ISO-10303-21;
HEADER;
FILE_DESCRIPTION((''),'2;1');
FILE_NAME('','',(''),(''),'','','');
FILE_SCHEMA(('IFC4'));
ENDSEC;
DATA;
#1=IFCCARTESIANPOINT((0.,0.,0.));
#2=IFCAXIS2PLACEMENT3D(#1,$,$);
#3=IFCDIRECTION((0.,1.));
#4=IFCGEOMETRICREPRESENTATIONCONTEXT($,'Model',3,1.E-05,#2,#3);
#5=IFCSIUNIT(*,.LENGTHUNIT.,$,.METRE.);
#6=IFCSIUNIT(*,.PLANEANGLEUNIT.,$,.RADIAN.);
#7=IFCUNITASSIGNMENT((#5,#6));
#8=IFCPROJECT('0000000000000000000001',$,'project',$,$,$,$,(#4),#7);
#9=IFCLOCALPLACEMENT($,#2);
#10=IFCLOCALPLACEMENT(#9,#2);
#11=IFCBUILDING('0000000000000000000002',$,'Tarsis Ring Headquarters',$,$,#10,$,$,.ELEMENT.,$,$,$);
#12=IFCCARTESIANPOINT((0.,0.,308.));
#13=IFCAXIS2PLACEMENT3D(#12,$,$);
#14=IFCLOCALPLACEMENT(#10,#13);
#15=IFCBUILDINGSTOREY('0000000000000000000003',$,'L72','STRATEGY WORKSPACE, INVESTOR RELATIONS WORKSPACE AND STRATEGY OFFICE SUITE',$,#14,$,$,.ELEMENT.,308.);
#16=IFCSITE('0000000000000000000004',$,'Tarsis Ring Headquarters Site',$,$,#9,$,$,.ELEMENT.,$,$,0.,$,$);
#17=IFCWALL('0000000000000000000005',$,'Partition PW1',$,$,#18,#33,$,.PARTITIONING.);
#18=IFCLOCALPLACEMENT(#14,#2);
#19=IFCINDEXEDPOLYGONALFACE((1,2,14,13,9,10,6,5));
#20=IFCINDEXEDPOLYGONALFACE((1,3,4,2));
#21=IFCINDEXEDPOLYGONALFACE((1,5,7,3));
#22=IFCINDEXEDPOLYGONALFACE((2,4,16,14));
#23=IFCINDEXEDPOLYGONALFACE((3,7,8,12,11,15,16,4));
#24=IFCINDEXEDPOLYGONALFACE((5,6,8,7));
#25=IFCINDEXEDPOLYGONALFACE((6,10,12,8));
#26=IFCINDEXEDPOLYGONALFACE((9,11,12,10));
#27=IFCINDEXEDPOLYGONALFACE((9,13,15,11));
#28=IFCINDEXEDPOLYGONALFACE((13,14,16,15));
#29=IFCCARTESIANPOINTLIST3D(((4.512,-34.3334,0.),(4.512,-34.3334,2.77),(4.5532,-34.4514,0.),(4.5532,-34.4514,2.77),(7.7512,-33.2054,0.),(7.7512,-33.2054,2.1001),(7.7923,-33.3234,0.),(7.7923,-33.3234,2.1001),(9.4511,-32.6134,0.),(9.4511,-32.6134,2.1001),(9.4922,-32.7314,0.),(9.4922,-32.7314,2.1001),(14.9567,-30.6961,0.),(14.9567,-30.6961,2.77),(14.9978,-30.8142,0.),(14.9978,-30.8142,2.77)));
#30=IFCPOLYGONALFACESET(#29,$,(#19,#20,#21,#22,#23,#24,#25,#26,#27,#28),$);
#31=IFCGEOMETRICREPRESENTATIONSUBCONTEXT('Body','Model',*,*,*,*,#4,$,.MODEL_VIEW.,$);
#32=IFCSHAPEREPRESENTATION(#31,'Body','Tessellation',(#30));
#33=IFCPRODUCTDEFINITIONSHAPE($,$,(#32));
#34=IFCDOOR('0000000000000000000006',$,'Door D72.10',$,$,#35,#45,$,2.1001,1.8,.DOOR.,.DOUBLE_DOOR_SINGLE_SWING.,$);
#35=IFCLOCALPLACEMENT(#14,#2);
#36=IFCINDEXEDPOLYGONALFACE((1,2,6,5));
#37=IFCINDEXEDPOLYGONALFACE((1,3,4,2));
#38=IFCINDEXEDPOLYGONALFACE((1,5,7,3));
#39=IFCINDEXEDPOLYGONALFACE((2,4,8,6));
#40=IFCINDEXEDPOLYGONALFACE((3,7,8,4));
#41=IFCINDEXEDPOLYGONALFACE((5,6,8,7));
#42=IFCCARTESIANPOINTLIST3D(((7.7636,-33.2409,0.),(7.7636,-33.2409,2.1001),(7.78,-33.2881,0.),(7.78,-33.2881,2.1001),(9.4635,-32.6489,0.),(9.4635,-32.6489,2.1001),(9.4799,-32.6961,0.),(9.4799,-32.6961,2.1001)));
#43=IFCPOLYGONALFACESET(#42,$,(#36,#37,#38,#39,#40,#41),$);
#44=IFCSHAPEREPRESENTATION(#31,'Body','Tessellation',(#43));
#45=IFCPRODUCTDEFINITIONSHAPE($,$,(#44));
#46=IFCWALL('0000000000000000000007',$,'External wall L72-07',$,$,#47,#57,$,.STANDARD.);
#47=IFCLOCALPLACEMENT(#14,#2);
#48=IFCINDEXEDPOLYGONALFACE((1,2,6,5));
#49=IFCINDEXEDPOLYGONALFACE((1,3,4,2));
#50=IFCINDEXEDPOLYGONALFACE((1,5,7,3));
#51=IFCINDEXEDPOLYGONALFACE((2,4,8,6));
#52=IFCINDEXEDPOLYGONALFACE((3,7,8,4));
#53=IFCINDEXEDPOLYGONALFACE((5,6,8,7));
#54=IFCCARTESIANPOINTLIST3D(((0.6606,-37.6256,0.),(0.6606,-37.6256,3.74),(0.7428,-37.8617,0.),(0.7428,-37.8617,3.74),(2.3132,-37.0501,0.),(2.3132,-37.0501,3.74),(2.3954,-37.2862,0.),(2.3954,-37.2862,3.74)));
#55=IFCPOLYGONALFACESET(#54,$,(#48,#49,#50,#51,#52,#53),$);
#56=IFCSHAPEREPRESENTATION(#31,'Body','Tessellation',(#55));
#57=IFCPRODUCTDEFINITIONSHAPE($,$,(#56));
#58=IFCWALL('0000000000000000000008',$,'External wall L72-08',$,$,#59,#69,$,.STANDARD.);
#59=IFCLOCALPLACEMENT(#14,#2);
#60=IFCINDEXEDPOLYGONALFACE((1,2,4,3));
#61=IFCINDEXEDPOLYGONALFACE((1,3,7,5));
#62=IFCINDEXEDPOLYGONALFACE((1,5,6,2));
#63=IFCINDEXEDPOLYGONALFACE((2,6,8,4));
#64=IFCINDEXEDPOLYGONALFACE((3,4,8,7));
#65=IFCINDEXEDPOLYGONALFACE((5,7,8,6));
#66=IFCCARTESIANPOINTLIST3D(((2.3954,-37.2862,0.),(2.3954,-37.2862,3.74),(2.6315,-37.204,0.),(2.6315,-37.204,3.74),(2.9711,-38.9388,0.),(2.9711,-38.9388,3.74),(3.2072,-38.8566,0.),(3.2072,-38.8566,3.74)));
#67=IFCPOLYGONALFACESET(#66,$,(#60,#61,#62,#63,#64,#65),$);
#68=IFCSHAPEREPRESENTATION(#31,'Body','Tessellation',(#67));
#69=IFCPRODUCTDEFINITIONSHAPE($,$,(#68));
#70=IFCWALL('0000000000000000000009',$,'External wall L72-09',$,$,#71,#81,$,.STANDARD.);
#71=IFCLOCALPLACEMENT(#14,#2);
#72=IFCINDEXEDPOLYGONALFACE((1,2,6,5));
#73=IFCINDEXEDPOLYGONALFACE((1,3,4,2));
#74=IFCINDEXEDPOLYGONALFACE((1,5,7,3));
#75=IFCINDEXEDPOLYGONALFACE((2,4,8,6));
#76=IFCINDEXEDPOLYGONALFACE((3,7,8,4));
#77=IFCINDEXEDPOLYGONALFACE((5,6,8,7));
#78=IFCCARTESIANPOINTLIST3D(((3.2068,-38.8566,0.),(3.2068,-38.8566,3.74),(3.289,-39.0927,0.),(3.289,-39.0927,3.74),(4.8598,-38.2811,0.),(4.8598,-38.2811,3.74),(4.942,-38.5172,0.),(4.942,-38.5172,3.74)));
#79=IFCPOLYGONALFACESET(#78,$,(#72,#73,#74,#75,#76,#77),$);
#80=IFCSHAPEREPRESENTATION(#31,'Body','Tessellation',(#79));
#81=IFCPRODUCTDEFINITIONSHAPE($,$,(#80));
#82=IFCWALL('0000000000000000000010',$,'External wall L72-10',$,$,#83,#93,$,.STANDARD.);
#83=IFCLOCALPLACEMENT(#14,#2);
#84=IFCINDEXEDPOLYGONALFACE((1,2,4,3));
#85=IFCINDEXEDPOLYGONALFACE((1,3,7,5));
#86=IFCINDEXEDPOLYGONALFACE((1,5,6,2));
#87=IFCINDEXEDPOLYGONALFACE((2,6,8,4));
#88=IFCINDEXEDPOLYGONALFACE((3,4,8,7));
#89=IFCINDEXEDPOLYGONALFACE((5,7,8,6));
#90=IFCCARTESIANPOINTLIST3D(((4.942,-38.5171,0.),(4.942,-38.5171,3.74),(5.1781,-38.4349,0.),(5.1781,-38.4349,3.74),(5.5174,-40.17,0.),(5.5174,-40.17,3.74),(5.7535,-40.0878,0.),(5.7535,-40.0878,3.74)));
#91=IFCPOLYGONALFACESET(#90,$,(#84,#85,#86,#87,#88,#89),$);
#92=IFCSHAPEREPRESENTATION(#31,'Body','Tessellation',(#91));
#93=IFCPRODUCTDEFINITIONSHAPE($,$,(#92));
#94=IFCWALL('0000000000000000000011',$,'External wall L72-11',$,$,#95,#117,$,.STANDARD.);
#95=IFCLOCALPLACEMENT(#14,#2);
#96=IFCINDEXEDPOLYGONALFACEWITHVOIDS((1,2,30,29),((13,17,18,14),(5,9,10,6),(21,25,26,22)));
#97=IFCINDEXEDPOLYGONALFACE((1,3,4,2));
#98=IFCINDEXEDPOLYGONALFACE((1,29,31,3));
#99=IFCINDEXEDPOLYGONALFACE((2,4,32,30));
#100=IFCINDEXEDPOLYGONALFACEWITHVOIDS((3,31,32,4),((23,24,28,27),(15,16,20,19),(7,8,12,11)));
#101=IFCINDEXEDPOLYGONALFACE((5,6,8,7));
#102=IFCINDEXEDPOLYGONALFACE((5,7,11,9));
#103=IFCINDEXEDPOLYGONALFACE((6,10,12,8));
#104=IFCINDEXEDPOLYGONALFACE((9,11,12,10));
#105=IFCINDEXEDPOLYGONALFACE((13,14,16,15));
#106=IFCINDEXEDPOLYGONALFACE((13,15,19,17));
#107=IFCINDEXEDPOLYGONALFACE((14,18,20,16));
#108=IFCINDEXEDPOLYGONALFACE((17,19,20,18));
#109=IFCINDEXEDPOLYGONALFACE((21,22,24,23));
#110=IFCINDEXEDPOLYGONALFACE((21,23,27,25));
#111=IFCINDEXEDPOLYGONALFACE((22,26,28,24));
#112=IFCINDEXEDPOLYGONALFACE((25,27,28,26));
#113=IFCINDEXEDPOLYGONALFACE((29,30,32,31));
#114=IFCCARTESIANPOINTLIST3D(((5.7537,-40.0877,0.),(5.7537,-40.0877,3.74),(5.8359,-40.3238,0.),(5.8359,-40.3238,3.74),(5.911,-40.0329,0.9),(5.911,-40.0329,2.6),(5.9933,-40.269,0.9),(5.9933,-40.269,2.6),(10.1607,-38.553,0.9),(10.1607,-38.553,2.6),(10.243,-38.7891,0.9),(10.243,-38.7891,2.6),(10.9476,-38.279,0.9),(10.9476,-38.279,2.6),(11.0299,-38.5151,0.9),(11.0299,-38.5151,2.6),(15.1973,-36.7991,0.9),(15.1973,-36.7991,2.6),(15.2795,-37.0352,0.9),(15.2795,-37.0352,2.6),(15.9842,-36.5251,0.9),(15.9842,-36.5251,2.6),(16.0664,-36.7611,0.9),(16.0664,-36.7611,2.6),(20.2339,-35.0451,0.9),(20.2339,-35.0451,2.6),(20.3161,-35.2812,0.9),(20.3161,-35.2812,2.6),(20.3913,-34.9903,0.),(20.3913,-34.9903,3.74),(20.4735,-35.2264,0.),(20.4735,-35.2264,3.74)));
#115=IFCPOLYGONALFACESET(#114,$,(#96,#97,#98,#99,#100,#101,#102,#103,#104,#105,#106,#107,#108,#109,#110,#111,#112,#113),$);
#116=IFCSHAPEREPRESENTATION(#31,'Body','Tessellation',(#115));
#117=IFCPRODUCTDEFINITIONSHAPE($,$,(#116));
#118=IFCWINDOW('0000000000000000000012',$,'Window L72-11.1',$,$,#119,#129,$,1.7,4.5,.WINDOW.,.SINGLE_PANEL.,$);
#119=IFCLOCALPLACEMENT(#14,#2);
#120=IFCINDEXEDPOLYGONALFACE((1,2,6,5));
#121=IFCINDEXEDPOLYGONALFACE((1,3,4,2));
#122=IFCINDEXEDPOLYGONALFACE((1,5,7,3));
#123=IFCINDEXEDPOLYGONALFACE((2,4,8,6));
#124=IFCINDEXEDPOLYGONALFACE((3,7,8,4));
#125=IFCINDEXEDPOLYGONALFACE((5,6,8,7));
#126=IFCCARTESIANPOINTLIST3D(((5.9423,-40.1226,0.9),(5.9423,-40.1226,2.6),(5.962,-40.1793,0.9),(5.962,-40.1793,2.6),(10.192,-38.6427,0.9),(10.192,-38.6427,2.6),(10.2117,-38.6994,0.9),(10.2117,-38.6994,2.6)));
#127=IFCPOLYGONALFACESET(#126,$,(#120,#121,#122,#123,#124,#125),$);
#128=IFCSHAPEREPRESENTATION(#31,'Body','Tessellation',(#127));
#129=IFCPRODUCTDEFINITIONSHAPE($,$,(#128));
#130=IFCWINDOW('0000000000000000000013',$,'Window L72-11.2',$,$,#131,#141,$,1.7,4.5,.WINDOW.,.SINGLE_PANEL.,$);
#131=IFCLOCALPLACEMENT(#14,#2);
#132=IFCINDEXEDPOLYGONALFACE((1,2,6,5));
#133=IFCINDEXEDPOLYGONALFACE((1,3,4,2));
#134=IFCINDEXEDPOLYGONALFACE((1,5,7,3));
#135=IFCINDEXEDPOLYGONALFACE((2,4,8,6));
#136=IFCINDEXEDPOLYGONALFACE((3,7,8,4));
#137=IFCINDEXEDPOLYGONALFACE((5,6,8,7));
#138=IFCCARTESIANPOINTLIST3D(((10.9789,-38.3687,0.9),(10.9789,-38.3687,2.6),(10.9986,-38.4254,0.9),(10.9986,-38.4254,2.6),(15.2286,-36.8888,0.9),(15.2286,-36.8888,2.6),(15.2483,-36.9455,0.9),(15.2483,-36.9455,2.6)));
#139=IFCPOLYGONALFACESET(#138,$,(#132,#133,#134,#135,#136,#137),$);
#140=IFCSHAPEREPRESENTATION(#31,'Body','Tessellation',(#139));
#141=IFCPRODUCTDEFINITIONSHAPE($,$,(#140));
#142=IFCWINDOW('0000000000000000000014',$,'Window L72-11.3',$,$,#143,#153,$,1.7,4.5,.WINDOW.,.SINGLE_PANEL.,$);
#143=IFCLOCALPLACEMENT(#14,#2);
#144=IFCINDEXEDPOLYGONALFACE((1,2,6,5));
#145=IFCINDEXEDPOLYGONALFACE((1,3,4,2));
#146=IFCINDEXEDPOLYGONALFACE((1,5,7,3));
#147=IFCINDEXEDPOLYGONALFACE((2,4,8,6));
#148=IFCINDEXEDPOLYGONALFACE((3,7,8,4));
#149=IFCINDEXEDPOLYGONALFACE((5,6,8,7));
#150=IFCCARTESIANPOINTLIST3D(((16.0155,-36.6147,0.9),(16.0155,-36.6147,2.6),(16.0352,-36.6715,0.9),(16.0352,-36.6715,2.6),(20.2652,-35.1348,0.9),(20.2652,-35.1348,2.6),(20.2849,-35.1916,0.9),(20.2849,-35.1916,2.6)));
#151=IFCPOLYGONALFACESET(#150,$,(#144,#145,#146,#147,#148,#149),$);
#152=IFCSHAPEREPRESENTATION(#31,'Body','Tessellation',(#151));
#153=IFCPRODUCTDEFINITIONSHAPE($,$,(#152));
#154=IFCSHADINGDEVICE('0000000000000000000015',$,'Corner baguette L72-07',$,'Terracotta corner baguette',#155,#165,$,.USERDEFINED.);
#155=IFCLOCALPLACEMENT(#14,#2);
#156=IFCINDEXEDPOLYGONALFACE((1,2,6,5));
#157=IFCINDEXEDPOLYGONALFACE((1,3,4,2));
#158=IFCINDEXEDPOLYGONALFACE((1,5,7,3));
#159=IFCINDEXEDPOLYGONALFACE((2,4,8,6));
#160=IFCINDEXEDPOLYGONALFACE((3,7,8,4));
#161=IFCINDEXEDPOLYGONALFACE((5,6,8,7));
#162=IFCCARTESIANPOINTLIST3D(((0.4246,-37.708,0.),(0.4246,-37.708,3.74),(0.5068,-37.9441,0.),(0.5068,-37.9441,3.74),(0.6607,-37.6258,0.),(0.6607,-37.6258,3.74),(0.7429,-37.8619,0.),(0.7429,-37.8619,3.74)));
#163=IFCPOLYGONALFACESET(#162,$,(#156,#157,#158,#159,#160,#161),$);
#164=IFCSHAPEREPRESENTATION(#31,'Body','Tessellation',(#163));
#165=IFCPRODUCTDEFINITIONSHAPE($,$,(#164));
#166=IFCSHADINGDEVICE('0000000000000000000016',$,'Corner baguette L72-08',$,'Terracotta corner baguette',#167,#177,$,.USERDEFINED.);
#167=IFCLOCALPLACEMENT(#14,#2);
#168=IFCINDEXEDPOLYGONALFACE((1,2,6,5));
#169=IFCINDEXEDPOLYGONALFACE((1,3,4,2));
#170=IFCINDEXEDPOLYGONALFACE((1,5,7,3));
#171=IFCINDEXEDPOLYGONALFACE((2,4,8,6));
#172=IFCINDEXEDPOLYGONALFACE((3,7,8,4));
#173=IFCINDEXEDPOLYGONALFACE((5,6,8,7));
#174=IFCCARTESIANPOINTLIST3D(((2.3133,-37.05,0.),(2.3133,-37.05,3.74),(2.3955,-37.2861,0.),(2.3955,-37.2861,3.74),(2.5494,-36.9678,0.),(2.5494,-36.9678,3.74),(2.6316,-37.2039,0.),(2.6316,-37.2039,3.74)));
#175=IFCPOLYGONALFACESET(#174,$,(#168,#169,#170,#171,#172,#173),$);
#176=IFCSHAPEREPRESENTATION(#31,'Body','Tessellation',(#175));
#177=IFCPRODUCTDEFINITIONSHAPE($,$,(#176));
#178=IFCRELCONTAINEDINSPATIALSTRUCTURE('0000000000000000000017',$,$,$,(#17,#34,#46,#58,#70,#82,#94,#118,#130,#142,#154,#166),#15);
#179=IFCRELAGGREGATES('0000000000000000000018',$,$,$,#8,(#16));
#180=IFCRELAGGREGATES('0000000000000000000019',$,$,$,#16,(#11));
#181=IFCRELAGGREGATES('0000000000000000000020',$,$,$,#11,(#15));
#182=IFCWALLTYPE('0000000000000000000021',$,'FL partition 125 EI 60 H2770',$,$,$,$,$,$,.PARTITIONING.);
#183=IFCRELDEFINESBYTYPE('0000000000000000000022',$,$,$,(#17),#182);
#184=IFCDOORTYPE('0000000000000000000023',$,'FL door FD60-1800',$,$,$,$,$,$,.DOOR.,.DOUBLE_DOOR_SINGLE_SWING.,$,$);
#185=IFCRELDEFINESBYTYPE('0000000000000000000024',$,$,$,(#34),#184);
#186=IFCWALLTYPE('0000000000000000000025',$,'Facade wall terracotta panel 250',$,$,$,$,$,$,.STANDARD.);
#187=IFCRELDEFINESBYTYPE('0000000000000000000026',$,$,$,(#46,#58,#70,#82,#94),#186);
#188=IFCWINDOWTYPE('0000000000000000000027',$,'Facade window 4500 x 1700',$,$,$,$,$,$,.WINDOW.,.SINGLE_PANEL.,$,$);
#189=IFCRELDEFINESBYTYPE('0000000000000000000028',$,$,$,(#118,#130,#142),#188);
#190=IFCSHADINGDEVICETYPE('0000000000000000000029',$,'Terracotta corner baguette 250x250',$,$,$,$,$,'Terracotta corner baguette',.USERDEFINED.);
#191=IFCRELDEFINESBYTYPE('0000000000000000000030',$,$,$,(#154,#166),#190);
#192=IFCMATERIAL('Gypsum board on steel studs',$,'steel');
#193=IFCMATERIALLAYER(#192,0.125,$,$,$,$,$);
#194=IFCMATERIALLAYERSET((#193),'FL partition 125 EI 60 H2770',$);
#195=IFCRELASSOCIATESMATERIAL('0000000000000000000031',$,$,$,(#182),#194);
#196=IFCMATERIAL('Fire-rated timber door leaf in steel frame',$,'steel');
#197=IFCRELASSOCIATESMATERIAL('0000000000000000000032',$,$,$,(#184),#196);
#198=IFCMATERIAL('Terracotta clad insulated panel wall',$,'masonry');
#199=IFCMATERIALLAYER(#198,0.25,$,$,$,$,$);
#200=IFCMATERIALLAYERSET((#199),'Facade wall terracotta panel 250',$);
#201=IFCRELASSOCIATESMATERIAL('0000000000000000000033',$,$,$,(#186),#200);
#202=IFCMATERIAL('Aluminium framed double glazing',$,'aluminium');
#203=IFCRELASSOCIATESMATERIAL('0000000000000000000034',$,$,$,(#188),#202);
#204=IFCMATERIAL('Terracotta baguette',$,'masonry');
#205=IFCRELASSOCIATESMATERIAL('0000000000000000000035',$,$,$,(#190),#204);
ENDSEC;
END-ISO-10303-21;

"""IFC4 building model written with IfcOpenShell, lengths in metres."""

from ifc_helpers import new_model, si_unit, direction, frame, frame_2d, origin, origin_2d, place, context, subcontext, project, spatial, rectangle, extrude, material, layer, layer_set, type_object, element, fill, save


model = new_model("IFC4")

# Units and contexts
model_context = context("Model", 3, precision=1e-05, world=origin(), true_north=direction((0.0, 1.0)))
body_context = subcontext(model_context, "Body", "Model", "MODEL_VIEW")
ifc_project = project(units=[si_unit("LENGTHUNIT", "METRE"), si_unit("PLANEANGLEUNIT", "RADIAN")], contexts=[model_context])

# Site, building, storey
site_placement = place(None, origin())
site = spatial("IfcSite", under=ifc_project, at=site_placement, Name="Tarsis Ring Headquarters Site", CompositionType="ELEMENT", RefElevation=0.0)
building_placement = place(site_placement, origin())
building = spatial("IfcBuilding", under=site, at=building_placement, Name="Tarsis Ring Headquarters", CompositionType="ELEMENT")
storey_placement = place(building_placement, frame((0.0, 0.0, 308.0)))
storey = spatial("IfcBuildingStorey", under=building, at=storey_placement, Name="L72", Description="STRATEGY WORKSPACE, INVESTOR RELATIONS WORKSPACE AND STRATEGY OFFICE SUITE", CompositionType="ELEMENT", Elevation=308.0)

# Wall, opening, door
ifc_material_1 = material(Name="Gypsum board on steel studs", Category="steel")
ifc_layer_1 = layer(ifc_material_1, 0.125)
ifc_layer_set_1 = layer_set([ifc_layer_1], Name="FL partition 125 EI 60 H2770")
wall_type_1 = type_object("IfcWallType", Name="FL partition 125 EI 60 H2770", PredefinedType="PARTITIONING", material=ifc_layer_set_1)
wall_1_placement = place(storey_placement, frame((4.5327, -34.3923, 0.0), z_axis=(0.0, 0.0, 1.0), x_axis=(0.944376, 0.328868, 0.0)))
wall_1 = element("IfcWall", 1, at=wall_1_placement, inside=storey, type_object=wall_type_1, Name="Partition PW1", PredefinedType="PARTITIONING", context=body_context, shape_type="SweptSolid", body=[
    extrude(rectangle(XDim=11.0598, YDim=0.125, at=frame_2d((5.5298, 0.0))), origin(), (0.0, 0.0, 1.0), 2.77),
])
opening_1_placement = place(wall_1_placement, frame((3.4299, 0.0, 0.0)))
opening_1 = element("IfcOpeningElement", 2, at=opening_1_placement, cuts=wall_1, PredefinedType="OPENING", context=body_context, shape_type="SweptSolid", body=[
    extrude(rectangle(XDim=1.8, YDim=2.1001, at=frame_2d((0.8999, 1.05))), frame((0.0, 0.0725, 0.0), z_axis=(0.0, -1.0, 0.0), x_axis=(1.0, 0.0, 0.0)), (0.0, 0.0, 1.0), 0.145),
])
ifc_material_2 = material(Name="Fire-rated timber door leaf in steel frame", Category="steel")
door_type = type_object("IfcDoorType", Name="FL door FD60-1800", OperationType="DOUBLE_DOOR_SINGLE_SWING", PredefinedType="DOOR", material=ifc_material_2)
door_placement = place(opening_1_placement, origin())
door = element("IfcDoor", 3, at=door_placement, inside=storey, type_object=door_type, Name="Door D72.10", OperationType="DOUBLE_DOOR_SINGLE_SWING", OverallHeight=2.1001, OverallWidth=1.8, PredefinedType="DOOR", context=body_context, shape_type="SweptSolid", body=[
    extrude(rectangle(XDim=1.8, YDim=2.1001, at=frame_2d((0.8999, 1.05))), frame((0.0, 0.0249, 0.0), z_axis=(0.0, -1.0, 0.0), x_axis=(1.0, 0.0, 0.0)), (0.0, 0.0, 1.0), 0.05),
])
fill(opening_1, door)

# Walls
ifc_material_3 = material(Name="Terracotta clad insulated panel wall", Category="masonry")
ifc_layer_2 = layer(ifc_material_3, 0.25)
ifc_layer_set_2 = layer_set([ifc_layer_2], Name="Facade wall terracotta panel 250")
wall_type_2 = type_object("IfcWallType", Name="Facade wall terracotta panel 250", PredefinedType="STANDARD", material=ifc_layer_set_2)
for number, where, z_axis, x_axis, name in (
    (4, (0.7017, -37.7437, 0.0), (0.0, 0.0, 1.0), (0.944386, 0.32884, 0.0), "External wall L72-07"),
    (5, (2.5134, -37.2451, 0.0), (0.0, 0.0, 1.0), (0.328964, -0.944342, 0.0), "External wall L72-08"),
):
    element("IfcWall", number, at=place(storey_placement, frame(where, z_axis=z_axis, x_axis=x_axis)), inside=storey, type_object=wall_type_2, Name=name, PredefinedType="STANDARD", context=body_context, shape_type="SweptSolid", body=[
        extrude(rectangle(XDim=1.75, YDim=0.25, at=frame_2d((0.875, 0.0))), origin(), (0.0, 0.0, 1.0), 3.74),
    ])
for number, where, z_axis, x_axis, name in (
    (6, (3.248, -38.9746, 0.0), (0.0, 0.0, 1.0), (0.944401, 0.328797, 0.0), "External wall L72-09"),
    (7, (5.0601, -38.4761, 0.0), (0.0, 0.0, 1.0), (0.328797, -0.944401, 0.0), "External wall L72-10"),
):
    element("IfcWall", number, at=place(storey_placement, frame(where, z_axis=z_axis, x_axis=x_axis)), inside=storey, type_object=wall_type_2, Name=name, PredefinedType="STANDARD", context=body_context, shape_type="SweptSolid", body=[
        extrude(rectangle(XDim=1.7502, YDim=0.25, at=frame_2d((0.875, 0.0))), origin(), (0.0, 0.0, 1.0), 3.74),
    ])

# Wall, openings, windows
wall_2_placement = place(storey_placement, frame((5.7947, -40.2058, 0.0), z_axis=(0.0, 0.0, 1.0), x_axis=(0.944376, 0.328868, 0.0)))
wall_2 = element("IfcWall", 8, at=wall_2_placement, inside=storey, type_object=wall_type_2, Name="External wall L72-11", PredefinedType="STANDARD", context=body_context, shape_type="SweptSolid", body=[
    extrude(rectangle(XDim=15.4998, YDim=0.25, at=frame_2d((7.75, 0.0))), origin(), (0.0, 0.0, 1.0), 3.74),
])
opening_2_placement = place(wall_2_placement, frame((0.1667, 0.0, 0.8999)))
opening_2 = element("IfcOpeningElement", 9, at=opening_2_placement, cuts=wall_2, PredefinedType="OPENING", context=body_context, shape_type="SweptSolid", body=[
    extrude(rectangle(XDim=4.5, YDim=1.7, at=frame_2d((2.25, 0.8501))), frame((0.0, 0.135, 0.0), z_axis=(0.0, -1.0, 0.0), x_axis=(1.0, 0.0, 0.0)), (0.0, 0.0, 1.0), 0.27),
])
opening_3_placement = place(wall_2_placement, frame((5.5, 0.0, 0.8999)))
opening_3 = element("IfcOpeningElement", 10, at=opening_3_placement, cuts=wall_2, PredefinedType="OPENING", context=body_context, shape_type="SweptSolid", body=[
    extrude(rectangle(XDim=4.5, YDim=1.7, at=frame_2d((2.25, 0.8501))), frame((0.0, 0.135, 0.0), z_axis=(0.0, -1.0, 0.0), x_axis=(1.0, 0.0, 0.0)), (0.0, 0.0, 1.0), 0.27),
])
opening_4_placement = place(wall_2_placement, frame((10.8333, 0.0, 0.8999)))
opening_4 = element("IfcOpeningElement", 11, at=opening_4_placement, cuts=wall_2, PredefinedType="OPENING", context=body_context, shape_type="SweptSolid", body=[
    extrude(rectangle(XDim=4.5, YDim=1.7, at=frame_2d((2.25, 0.8501))), frame((0.0, 0.135, 0.0), z_axis=(0.0, -1.0, 0.0), x_axis=(1.0, 0.0, 0.0)), (0.0, 0.0, 1.0), 0.27),
])
ifc_material_4 = material(Name="Aluminium framed double glazing", Category="aluminium")
window_type = type_object("IfcWindowType", Name="Facade window 4500 x 1700", PartitioningType="SINGLE_PANEL", PredefinedType="WINDOW", material=ifc_material_4)
window_1_placement = place(opening_2_placement, origin())
window_1 = element("IfcWindow", 12, at=window_1_placement, inside=storey, type_object=window_type, Name="Window L72-11.1", OverallHeight=1.7, OverallWidth=4.5, PartitioningType="SINGLE_PANEL", PredefinedType="WINDOW", context=body_context, shape_type="SweptSolid", body=[
    extrude(rectangle(XDim=4.5, YDim=1.7, at=frame_2d((2.25, 0.8501))), frame((0.0, 0.03, 0.0), z_axis=(0.0, -1.0, 0.0), x_axis=(1.0, 0.0, 0.0)), (0.0, 0.0, 1.0), 0.0601),
])
fill(opening_2, window_1)
window_2_placement = place(opening_3_placement, origin())
window_2 = element("IfcWindow", 13, at=window_2_placement, inside=storey, type_object=window_type, Name="Window L72-11.2", OverallHeight=1.7, OverallWidth=4.5, PartitioningType="SINGLE_PANEL", PredefinedType="WINDOW", context=body_context, shape_type="SweptSolid", body=[
    extrude(rectangle(XDim=4.5, YDim=1.7, at=frame_2d((2.25, 0.8501))), frame((0.0, 0.03, 0.0), z_axis=(0.0, -1.0, 0.0), x_axis=(1.0, 0.0, 0.0)), (0.0, 0.0, 1.0), 0.0601),
])
fill(opening_3, window_2)
window_3_placement = place(opening_4_placement, origin())
window_3 = element("IfcWindow", 14, at=window_3_placement, inside=storey, type_object=window_type, Name="Window L72-11.3", OverallHeight=1.7, OverallWidth=4.5, PartitioningType="SINGLE_PANEL", PredefinedType="WINDOW", context=body_context, shape_type="SweptSolid", body=[
    extrude(rectangle(XDim=4.5, YDim=1.7, at=frame_2d((2.25, 0.8501))), frame((0.0, 0.03, 0.0), z_axis=(0.0, -1.0, 0.0), x_axis=(1.0, 0.0, 0.0)), (0.0, 0.0, 1.0), 0.0601),
])
fill(opening_4, window_3)

# Shading devices
ifc_material_5 = material(Name="Terracotta baguette", Category="masonry")
shading_device_type_1 = type_object("IfcShadingDeviceType", Name="Terracotta corner baguette 250x250", ElementType="Terracotta corner baguette", PredefinedType="USERDEFINED", material=ifc_material_5)
for number, where, z_axis, x_axis, name in (
    (15, (0.5837, -37.7849, 0.0), (0.0, 0.0, 1.0), (0.328867, -0.944376, 0.0), "Corner baguette L72-07"),
    (16, (2.4724, -37.127, 0.0), (0.0, 0.0, 1.0), (0.944376, 0.328867, 0.0), "Corner baguette L72-08"),
):
    element("IfcShadingDevice", number, at=place(storey_placement, frame(where, z_axis=z_axis, x_axis=x_axis)), inside=storey, type_object=shading_device_type_1, Name=name, ObjectType="Terracotta corner baguette", PredefinedType="USERDEFINED", context=body_context, shape_type="SweptSolid", body=[
        extrude(rectangle(XDim=0.25, YDim=0.25, at=origin_2d()), origin(), (0.0, 0.0, 1.0), 3.74),
    ])

save(model, "model.ifc")
